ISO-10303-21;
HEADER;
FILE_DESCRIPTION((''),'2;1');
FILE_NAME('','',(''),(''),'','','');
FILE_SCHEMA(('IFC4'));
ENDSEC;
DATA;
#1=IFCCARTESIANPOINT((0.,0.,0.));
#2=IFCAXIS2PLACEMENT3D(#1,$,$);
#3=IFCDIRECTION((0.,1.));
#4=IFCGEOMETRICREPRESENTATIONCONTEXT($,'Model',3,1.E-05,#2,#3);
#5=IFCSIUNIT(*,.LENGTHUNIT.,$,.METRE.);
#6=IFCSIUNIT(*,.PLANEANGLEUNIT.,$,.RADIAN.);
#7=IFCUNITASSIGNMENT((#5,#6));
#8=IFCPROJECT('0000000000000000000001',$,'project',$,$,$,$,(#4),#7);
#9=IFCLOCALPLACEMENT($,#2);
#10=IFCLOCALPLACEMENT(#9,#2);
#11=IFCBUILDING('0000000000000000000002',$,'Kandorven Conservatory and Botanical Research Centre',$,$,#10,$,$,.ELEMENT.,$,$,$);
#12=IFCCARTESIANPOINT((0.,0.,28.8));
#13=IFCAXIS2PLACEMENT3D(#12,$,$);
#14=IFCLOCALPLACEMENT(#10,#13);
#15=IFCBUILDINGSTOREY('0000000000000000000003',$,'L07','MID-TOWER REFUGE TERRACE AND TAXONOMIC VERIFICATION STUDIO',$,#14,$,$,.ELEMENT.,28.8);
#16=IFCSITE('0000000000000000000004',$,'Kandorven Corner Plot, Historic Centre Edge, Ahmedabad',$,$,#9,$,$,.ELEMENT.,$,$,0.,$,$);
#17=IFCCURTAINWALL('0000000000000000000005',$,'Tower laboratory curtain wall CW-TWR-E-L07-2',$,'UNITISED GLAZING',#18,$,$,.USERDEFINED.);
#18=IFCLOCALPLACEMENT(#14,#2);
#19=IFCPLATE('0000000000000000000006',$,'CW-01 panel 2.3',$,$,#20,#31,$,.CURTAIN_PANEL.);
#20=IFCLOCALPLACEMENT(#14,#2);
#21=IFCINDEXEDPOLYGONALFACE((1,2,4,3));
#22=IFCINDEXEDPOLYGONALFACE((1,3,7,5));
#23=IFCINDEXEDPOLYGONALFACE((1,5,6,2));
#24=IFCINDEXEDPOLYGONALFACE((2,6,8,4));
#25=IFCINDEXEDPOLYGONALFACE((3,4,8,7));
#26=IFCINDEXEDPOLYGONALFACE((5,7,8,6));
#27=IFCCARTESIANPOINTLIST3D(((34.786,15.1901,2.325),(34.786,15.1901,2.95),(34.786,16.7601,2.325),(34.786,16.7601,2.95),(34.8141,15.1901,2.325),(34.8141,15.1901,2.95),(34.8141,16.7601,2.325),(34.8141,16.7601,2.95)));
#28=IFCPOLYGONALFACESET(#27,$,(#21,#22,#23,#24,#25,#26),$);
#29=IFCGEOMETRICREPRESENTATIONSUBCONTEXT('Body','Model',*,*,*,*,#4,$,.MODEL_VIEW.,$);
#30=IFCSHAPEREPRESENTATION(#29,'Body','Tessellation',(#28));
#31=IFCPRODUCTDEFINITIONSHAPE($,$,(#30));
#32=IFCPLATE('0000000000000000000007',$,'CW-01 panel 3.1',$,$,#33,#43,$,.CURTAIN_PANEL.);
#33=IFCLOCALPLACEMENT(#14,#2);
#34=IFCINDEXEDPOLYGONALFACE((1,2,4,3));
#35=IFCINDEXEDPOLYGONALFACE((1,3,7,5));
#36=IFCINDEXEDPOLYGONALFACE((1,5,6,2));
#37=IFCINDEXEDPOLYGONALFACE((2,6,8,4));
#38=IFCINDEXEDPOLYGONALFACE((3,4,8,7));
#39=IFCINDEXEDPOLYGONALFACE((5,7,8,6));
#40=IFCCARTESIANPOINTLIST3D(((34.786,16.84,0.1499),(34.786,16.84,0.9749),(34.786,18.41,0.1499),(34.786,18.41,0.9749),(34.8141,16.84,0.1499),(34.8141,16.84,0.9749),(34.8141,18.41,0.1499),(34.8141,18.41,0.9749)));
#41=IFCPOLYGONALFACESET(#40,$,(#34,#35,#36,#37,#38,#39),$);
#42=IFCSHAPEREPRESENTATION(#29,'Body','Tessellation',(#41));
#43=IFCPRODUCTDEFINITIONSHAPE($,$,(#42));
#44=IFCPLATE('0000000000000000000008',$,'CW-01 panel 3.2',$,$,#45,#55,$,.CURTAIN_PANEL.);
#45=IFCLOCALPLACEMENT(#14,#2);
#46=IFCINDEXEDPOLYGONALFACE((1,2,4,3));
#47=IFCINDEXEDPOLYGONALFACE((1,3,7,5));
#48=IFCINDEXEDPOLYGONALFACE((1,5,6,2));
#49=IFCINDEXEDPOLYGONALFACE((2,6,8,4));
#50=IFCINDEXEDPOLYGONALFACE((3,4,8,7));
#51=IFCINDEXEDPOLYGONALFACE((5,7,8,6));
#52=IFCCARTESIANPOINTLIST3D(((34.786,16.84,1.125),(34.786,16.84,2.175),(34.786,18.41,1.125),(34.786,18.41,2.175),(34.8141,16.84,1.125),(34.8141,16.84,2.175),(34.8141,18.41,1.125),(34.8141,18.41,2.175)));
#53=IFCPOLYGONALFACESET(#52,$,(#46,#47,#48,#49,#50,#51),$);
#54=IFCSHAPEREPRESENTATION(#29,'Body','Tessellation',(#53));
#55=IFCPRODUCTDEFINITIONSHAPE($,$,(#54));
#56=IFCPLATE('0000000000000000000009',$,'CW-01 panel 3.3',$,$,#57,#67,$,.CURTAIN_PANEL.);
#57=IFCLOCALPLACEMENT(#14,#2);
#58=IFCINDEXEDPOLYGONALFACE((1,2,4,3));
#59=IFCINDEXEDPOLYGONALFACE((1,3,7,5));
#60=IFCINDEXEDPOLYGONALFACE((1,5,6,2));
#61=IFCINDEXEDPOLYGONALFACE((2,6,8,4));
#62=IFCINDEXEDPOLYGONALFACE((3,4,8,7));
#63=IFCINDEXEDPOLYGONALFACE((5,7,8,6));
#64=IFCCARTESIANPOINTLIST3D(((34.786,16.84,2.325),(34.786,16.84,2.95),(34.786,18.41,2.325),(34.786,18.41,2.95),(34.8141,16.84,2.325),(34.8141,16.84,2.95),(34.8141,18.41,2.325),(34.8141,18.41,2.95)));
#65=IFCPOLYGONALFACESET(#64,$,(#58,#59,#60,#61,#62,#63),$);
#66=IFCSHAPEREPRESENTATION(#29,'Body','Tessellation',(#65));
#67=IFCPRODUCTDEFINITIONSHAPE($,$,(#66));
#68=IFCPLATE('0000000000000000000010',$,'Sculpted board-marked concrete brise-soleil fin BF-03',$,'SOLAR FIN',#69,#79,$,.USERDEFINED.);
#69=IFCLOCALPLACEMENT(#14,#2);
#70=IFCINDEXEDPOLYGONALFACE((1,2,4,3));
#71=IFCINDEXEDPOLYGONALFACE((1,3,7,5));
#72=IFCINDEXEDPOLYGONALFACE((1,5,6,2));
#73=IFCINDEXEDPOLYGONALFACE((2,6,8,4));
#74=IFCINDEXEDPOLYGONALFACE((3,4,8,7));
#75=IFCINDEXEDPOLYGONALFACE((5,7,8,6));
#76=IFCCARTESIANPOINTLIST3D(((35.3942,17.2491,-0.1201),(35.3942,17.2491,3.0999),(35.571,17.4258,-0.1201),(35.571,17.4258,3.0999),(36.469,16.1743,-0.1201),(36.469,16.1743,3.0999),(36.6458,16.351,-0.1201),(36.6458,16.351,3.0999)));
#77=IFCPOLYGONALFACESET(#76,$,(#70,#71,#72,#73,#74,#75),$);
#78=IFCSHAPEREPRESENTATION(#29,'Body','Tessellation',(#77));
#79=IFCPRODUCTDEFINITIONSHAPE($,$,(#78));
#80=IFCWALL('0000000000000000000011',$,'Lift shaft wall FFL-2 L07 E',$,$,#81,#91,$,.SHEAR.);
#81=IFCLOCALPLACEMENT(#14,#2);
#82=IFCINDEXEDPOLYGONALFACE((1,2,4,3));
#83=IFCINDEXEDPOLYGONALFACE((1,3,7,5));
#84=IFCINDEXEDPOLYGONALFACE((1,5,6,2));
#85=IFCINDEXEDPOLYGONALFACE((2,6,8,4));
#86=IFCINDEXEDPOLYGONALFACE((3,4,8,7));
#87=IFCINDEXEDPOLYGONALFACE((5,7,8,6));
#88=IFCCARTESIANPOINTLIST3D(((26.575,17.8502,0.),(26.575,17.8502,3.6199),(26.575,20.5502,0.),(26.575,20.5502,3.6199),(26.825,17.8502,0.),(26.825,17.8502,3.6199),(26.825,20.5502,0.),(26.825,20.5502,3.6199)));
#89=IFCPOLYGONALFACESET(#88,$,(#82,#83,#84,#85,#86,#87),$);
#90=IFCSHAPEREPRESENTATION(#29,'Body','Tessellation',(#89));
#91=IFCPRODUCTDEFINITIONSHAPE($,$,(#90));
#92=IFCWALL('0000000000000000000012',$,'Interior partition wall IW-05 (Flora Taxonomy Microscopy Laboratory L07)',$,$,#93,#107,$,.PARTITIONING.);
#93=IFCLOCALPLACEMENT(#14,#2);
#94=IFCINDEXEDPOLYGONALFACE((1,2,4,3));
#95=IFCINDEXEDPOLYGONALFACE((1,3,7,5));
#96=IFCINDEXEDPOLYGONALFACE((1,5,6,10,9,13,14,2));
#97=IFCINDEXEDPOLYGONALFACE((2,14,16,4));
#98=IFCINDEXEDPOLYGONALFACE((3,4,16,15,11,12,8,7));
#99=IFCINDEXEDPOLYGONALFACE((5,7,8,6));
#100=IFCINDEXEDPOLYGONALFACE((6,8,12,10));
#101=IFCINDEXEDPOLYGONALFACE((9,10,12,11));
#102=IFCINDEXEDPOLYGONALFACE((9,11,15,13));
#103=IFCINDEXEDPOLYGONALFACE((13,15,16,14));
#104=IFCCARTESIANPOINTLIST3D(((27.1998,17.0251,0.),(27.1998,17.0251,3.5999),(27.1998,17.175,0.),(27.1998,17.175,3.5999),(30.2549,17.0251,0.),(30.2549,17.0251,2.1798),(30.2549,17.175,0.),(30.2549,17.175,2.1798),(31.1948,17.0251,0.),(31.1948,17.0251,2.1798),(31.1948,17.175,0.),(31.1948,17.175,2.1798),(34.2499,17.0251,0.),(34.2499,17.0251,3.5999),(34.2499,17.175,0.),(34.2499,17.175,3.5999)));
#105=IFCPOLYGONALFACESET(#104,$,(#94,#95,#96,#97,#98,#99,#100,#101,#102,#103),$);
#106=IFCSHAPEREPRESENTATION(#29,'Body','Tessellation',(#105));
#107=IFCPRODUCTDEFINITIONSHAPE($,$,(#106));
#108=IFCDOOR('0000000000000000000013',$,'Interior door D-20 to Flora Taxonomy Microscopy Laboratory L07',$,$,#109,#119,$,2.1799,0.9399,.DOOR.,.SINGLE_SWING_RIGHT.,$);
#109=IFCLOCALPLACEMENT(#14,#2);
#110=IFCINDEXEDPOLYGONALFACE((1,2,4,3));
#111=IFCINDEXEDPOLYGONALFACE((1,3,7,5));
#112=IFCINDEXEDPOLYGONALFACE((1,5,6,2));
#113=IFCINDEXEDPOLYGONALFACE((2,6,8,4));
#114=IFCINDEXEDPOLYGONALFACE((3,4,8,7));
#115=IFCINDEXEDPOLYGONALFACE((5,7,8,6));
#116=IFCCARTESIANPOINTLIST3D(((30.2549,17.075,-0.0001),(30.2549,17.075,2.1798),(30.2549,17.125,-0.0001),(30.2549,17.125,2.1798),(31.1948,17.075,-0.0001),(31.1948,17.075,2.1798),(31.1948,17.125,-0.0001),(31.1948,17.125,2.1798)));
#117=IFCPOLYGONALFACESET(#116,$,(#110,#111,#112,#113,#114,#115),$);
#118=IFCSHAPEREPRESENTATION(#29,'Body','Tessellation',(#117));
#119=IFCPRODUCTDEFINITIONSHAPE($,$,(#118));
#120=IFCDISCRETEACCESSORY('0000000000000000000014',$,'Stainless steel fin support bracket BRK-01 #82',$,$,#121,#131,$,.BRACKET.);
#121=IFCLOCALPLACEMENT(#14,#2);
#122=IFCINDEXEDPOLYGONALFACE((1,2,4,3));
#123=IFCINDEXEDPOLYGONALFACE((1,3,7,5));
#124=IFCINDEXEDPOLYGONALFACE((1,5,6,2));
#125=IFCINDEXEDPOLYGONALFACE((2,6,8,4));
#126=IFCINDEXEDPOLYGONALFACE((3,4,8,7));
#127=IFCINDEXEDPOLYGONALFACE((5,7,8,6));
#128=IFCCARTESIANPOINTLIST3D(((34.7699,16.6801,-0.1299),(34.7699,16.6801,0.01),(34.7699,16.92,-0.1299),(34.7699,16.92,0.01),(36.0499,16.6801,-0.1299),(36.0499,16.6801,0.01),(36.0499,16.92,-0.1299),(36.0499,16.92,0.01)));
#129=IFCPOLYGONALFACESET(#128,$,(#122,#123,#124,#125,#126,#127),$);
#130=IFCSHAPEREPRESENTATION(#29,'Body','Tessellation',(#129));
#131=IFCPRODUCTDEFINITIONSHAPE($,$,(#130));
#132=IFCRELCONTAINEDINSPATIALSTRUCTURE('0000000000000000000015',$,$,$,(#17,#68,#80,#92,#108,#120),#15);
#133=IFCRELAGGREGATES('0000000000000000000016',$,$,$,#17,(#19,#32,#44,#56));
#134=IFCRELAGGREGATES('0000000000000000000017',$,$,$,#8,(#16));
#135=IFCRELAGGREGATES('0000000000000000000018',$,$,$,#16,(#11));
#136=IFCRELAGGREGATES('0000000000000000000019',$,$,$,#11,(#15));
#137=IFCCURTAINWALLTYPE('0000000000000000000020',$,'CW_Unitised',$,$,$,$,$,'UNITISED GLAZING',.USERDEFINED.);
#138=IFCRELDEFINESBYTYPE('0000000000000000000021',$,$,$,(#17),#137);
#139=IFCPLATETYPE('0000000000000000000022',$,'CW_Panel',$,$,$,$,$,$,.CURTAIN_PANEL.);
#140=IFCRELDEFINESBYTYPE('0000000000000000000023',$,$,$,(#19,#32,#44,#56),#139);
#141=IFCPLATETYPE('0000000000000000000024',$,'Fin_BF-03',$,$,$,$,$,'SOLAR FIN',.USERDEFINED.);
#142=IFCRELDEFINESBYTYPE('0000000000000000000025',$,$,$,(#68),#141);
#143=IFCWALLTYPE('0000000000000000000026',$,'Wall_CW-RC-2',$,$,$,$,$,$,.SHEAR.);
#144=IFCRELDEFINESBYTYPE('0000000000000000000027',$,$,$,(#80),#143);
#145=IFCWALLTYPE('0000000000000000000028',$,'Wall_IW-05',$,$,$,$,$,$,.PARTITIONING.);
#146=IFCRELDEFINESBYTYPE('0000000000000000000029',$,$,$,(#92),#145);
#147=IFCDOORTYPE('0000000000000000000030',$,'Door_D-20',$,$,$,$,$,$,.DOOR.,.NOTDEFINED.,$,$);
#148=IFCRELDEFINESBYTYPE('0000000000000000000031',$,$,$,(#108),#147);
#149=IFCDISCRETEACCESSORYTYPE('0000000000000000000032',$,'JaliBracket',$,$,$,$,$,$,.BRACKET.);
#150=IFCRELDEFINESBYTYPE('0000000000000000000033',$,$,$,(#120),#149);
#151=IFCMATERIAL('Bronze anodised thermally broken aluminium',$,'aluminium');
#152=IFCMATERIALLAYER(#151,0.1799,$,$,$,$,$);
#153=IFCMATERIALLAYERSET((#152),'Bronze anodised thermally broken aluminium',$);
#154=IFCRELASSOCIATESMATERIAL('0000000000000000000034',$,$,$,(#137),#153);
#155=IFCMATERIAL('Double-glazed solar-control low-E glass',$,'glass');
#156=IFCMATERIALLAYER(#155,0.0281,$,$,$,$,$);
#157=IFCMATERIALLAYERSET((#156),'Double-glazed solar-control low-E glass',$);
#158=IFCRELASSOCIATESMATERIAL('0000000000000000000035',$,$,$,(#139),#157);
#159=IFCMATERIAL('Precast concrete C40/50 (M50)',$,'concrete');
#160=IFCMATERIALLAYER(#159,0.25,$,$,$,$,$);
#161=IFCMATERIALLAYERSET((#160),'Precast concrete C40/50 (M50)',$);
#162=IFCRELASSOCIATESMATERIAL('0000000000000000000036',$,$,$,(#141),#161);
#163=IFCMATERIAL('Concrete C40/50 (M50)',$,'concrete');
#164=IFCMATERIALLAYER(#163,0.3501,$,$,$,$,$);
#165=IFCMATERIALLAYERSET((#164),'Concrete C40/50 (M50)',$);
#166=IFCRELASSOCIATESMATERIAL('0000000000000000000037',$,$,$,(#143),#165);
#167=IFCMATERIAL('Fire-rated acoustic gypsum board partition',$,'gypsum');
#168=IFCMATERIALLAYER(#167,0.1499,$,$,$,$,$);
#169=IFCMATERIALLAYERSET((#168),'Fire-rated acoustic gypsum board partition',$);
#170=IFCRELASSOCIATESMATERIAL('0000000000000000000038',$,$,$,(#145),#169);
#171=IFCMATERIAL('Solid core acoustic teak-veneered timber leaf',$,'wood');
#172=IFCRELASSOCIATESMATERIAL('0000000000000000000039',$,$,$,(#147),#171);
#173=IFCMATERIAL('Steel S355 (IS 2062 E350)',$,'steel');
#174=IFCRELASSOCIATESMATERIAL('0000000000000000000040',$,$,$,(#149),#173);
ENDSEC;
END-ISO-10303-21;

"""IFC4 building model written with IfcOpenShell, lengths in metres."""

from ifc_helpers import new_model, si_unit, direction, frame, frame_2d, origin, origin_2d, place, context, subcontext, project, spatial, rectangle, extrude, material, layer, layer_set, type_object, element, fill, aggregate, save


model = new_model("IFC4")

# Units and contexts
model_context = context("Model", 3, precision=1e-05, world=origin(), true_north=direction((0.0, 1.0)))
body_context = subcontext(model_context, "Body", "Model", "MODEL_VIEW")
ifc_project = project(units=[si_unit("LENGTHUNIT", "METRE"), si_unit("PLANEANGLEUNIT", "RADIAN")], contexts=[model_context])

# Site, building, storey
site_placement = place(None, origin())
site = spatial("IfcSite", under=ifc_project, at=site_placement, Name="Kandorven Corner Plot, Historic Centre Edge, Ahmedabad", CompositionType="ELEMENT", RefElevation=0.0)
building_placement = place(site_placement, origin())
building = spatial("IfcBuilding", under=site, at=building_placement, Name="Kandorven Conservatory and Botanical Research Centre", CompositionType="ELEMENT")
storey_placement = place(building_placement, frame((0.0, 0.0, 28.8)))
storey = spatial("IfcBuildingStorey", under=building, at=storey_placement, Name="L07", Description="MID-TOWER REFUGE TERRACE AND TAXONOMIC VERIFICATION STUDIO", CompositionType="ELEMENT", Elevation=28.8)

# Curtain wall, plates
ifc_material_1 = material(Name="Bronze anodised thermally broken aluminium", Category="aluminium")
ifc_layer_1 = layer(ifc_material_1, 0.1799)
ifc_layer_set_1 = layer_set([ifc_layer_1], Name="Bronze anodised thermally broken aluminium")
curtain_wall_type = type_object("IfcCurtainWallType", Name="CW_Unitised", ElementType="UNITISED GLAZING", PredefinedType="USERDEFINED", material=ifc_layer_set_1)
curtain_wall_placement = place(storey_placement, origin())
curtain_wall = element("IfcCurtainWall", 1, at=curtain_wall_placement, inside=storey, type_object=curtain_wall_type, Name="Tower laboratory curtain wall CW-TWR-E-L07-2", ObjectType="UNITISED GLAZING", PredefinedType="USERDEFINED")
ifc_material_2 = material(Name="Double-glazed solar-control low-E glass", Category="glass")
ifc_layer_2 = layer(ifc_material_2, 0.0281)
ifc_layer_set_2 = layer_set([ifc_layer_2], Name="Double-glazed solar-control low-E glass")
plate_type_1 = type_object("IfcPlateType", Name="CW_Panel", PredefinedType="CURTAIN_PANEL", material=ifc_layer_set_2)
plate_1_placement = place(storey_placement, frame((34.8, 15.9751, 2.325), z_axis=(0.0, 0.0, 1.0), x_axis=(0.0, 1.0, 0.0)))
plate_1 = element("IfcPlate", 2, at=plate_1_placement, type_object=plate_type_1, Name="CW-01 panel 2.3", PredefinedType="CURTAIN_PANEL", context=body_context, shape_type="SweptSolid", body=[
    extrude(rectangle(XDim=1.5701, YDim=0.0281, at=origin_2d()), origin(), (0.0, 0.0, 1.0), 0.625),
])
plate_2_placement = place(storey_placement, frame((34.8, 17.625, 0.1499), z_axis=(0.0, 0.0, 1.0), x_axis=(0.0, 1.0, 0.0)))
plate_2 = element("IfcPlate", 3, at=plate_2_placement, type_object=plate_type_1, Name="CW-01 panel 3.1", PredefinedType="CURTAIN_PANEL", context=body_context, shape_type="SweptSolid", body=[
    extrude(rectangle(XDim=1.5701, YDim=0.0281, at=origin_2d()), origin(), (0.0, 0.0, 1.0), 0.825),
])
plate_3_placement = place(storey_placement, frame((34.8, 17.625, 1.125), z_axis=(0.0, 0.0, 1.0), x_axis=(0.0, 1.0, 0.0)))
plate_3 = element("IfcPlate", 4, at=plate_3_placement, type_object=plate_type_1, Name="CW-01 panel 3.2", PredefinedType="CURTAIN_PANEL", context=body_context, shape_type="SweptSolid", body=[
    extrude(rectangle(XDim=1.5701, YDim=0.0281, at=origin_2d()), origin(), (0.0, 0.0, 1.0), 1.05),
])
plate_4_placement = place(storey_placement, frame((34.8, 17.625, 2.325), z_axis=(0.0, 0.0, 1.0), x_axis=(0.0, 1.0, 0.0)))
plate_4 = element("IfcPlate", 5, at=plate_4_placement, type_object=plate_type_1, Name="CW-01 panel 3.3", PredefinedType="CURTAIN_PANEL", context=body_context, shape_type="SweptSolid", body=[
    extrude(rectangle(XDim=1.5701, YDim=0.0281, at=origin_2d()), origin(), (0.0, 0.0, 1.0), 0.625),
])
aggregate(curtain_wall, [plate_1, plate_2, plate_3, plate_4])

# Plate
ifc_material_3 = material(Name="Precast concrete C40/50 (M50)", Category="concrete")
ifc_layer_3 = layer(ifc_material_3, 0.25)
ifc_layer_set_3 = layer_set([ifc_layer_3], Name="Precast concrete C40/50 (M50)")
plate_type_2 = type_object("IfcPlateType", Name="Fin_BF-03", ElementType="SOLAR FIN", PredefinedType="USERDEFINED", material=ifc_layer_set_3)
plate_5_placement = place(storey_placement, frame((36.02, 16.8, -0.1201), z_axis=(0.0, 0.0, 1.0), x_axis=(-0.707107, 0.707107, 0.0)))
element("IfcPlate", 6, at=plate_5_placement, inside=storey, type_object=plate_type_2, Name="Sculpted board-marked concrete brise-soleil fin BF-03", ObjectType="SOLAR FIN", PredefinedType="USERDEFINED", context=body_context, shape_type="SweptSolid", body=[
    extrude(rectangle(XDim=1.52, YDim=0.25, at=origin_2d()), origin(), (0.0, 0.0, 1.0), 3.22),
])

# Wall
ifc_material_4 = material(Name="Concrete C40/50 (M50)", Category="concrete")
ifc_layer_4 = layer(ifc_material_4, 0.3501)
ifc_layer_set_4 = layer_set([ifc_layer_4], Name="Concrete C40/50 (M50)")
wall_type_1 = type_object("IfcWallType", Name="Wall_CW-RC-2", PredefinedType="SHEAR", material=ifc_layer_set_4)
wall_1_placement = place(storey_placement, frame((26.7, 17.8501, 0.0), z_axis=(0.0, 0.0, 1.0), x_axis=(0.0, 1.0, 0.0)))
element("IfcWall", 7, at=wall_1_placement, inside=storey, type_object=wall_type_1, Name="Lift shaft wall FFL-2 L07 E", PredefinedType="SHEAR", context=body_context, shape_type="SweptSolid", body=[
    extrude(rectangle(XDim=2.7, YDim=0.25, at=frame_2d((1.3501, 0.0))), origin(), (0.0, 0.0, 1.0), 3.6199),
])

# Wall, opening, door
ifc_material_5 = material(Name="Fire-rated acoustic gypsum board partition", Category="gypsum")
ifc_layer_5 = layer(ifc_material_5, 0.1499)
ifc_layer_set_5 = layer_set([ifc_layer_5], Name="Fire-rated acoustic gypsum board partition")
wall_type_2 = type_object("IfcWallType", Name="Wall_IW-05", PredefinedType="PARTITIONING", material=ifc_layer_set_5)
wall_2_placement = place(storey_placement, frame((27.2, 17.1001, 0.0), z_axis=(0.0, 0.0, 1.0), x_axis=(1.0, 0.0, 0.0)))
wall_2 = element("IfcWall", 8, at=wall_2_placement, inside=storey, type_object=wall_type_2, Name="Interior partition wall IW-05 (Flora Taxonomy Microscopy Laboratory L07)", PredefinedType="PARTITIONING", context=body_context, shape_type="SweptSolid", body=[
    extrude(rectangle(XDim=7.05, YDim=0.1499, at=frame_2d((3.5249, 0.0))), origin(), (0.0, 0.0, 1.0), 3.5999),
])
opening_placement = place(wall_2_placement, frame((3.0549, 0.0, 0.0)))
opening = element("IfcOpeningElement", 9, at=opening_placement, cuts=wall_2, PredefinedType="OPENING", context=body_context, shape_type="SweptSolid", body=[
    extrude(rectangle(XDim=0.9399, YDim=2.1799, at=frame_2d((0.47, 1.0898))), frame((0.0, 0.085, 0.0), z_axis=(0.0, -1.0, 0.0), x_axis=(1.0, 0.0, 0.0)), (0.0, 0.0, 1.0), 0.1699),
])
ifc_material_6 = material(Name="Solid core acoustic teak-veneered timber leaf", Category="wood")
door_type = type_object("IfcDoorType", Name="Door_D-20", OperationType="NOTDEFINED", PredefinedType="DOOR", material=ifc_material_6)
door_placement = place(opening_placement, origin())
door = element("IfcDoor", 10, at=door_placement, inside=storey, type_object=door_type, Name="Interior door D-20 to Flora Taxonomy Microscopy Laboratory L07", OperationType="SINGLE_SWING_RIGHT", OverallHeight=2.1799, OverallWidth=0.9399, PredefinedType="DOOR", context=body_context, shape_type="SweptSolid", body=[
    extrude(rectangle(XDim=0.9399, YDim=2.1799, at=frame_2d((0.47, 1.0898))), frame((0.0, 0.0249, 0.0), z_axis=(0.0, -1.0, 0.0), x_axis=(1.0, 0.0, 0.0)), (0.0, 0.0, 1.0), 0.05),
])
fill(opening, door)

# Discrete accessory
ifc_material_7 = material(Name="Steel S355 (IS 2062 E350)", Category="steel")
discrete_accessory_type = type_object("IfcDiscreteAccessoryType", Name="JaliBracket", PredefinedType="BRACKET", material=ifc_material_7)
discrete_accessory_placement = place(storey_placement, frame((35.4099, 16.8, -0.1299), z_axis=(0.0, 0.0, 1.0), x_axis=(1.0, 0.0, 0.0)))
element("IfcDiscreteAccessory", 11, at=discrete_accessory_placement, inside=storey, type_object=discrete_accessory_type, Name="Stainless steel fin support bracket BRK-01 #82", PredefinedType="BRACKET", context=body_context, shape_type="SweptSolid", body=[
    extrude(rectangle(XDim=1.28, YDim=0.24, at=origin_2d()), origin(), (0.0, 0.0, 1.0), 0.1399),
])

save(model, "model.ifc")
